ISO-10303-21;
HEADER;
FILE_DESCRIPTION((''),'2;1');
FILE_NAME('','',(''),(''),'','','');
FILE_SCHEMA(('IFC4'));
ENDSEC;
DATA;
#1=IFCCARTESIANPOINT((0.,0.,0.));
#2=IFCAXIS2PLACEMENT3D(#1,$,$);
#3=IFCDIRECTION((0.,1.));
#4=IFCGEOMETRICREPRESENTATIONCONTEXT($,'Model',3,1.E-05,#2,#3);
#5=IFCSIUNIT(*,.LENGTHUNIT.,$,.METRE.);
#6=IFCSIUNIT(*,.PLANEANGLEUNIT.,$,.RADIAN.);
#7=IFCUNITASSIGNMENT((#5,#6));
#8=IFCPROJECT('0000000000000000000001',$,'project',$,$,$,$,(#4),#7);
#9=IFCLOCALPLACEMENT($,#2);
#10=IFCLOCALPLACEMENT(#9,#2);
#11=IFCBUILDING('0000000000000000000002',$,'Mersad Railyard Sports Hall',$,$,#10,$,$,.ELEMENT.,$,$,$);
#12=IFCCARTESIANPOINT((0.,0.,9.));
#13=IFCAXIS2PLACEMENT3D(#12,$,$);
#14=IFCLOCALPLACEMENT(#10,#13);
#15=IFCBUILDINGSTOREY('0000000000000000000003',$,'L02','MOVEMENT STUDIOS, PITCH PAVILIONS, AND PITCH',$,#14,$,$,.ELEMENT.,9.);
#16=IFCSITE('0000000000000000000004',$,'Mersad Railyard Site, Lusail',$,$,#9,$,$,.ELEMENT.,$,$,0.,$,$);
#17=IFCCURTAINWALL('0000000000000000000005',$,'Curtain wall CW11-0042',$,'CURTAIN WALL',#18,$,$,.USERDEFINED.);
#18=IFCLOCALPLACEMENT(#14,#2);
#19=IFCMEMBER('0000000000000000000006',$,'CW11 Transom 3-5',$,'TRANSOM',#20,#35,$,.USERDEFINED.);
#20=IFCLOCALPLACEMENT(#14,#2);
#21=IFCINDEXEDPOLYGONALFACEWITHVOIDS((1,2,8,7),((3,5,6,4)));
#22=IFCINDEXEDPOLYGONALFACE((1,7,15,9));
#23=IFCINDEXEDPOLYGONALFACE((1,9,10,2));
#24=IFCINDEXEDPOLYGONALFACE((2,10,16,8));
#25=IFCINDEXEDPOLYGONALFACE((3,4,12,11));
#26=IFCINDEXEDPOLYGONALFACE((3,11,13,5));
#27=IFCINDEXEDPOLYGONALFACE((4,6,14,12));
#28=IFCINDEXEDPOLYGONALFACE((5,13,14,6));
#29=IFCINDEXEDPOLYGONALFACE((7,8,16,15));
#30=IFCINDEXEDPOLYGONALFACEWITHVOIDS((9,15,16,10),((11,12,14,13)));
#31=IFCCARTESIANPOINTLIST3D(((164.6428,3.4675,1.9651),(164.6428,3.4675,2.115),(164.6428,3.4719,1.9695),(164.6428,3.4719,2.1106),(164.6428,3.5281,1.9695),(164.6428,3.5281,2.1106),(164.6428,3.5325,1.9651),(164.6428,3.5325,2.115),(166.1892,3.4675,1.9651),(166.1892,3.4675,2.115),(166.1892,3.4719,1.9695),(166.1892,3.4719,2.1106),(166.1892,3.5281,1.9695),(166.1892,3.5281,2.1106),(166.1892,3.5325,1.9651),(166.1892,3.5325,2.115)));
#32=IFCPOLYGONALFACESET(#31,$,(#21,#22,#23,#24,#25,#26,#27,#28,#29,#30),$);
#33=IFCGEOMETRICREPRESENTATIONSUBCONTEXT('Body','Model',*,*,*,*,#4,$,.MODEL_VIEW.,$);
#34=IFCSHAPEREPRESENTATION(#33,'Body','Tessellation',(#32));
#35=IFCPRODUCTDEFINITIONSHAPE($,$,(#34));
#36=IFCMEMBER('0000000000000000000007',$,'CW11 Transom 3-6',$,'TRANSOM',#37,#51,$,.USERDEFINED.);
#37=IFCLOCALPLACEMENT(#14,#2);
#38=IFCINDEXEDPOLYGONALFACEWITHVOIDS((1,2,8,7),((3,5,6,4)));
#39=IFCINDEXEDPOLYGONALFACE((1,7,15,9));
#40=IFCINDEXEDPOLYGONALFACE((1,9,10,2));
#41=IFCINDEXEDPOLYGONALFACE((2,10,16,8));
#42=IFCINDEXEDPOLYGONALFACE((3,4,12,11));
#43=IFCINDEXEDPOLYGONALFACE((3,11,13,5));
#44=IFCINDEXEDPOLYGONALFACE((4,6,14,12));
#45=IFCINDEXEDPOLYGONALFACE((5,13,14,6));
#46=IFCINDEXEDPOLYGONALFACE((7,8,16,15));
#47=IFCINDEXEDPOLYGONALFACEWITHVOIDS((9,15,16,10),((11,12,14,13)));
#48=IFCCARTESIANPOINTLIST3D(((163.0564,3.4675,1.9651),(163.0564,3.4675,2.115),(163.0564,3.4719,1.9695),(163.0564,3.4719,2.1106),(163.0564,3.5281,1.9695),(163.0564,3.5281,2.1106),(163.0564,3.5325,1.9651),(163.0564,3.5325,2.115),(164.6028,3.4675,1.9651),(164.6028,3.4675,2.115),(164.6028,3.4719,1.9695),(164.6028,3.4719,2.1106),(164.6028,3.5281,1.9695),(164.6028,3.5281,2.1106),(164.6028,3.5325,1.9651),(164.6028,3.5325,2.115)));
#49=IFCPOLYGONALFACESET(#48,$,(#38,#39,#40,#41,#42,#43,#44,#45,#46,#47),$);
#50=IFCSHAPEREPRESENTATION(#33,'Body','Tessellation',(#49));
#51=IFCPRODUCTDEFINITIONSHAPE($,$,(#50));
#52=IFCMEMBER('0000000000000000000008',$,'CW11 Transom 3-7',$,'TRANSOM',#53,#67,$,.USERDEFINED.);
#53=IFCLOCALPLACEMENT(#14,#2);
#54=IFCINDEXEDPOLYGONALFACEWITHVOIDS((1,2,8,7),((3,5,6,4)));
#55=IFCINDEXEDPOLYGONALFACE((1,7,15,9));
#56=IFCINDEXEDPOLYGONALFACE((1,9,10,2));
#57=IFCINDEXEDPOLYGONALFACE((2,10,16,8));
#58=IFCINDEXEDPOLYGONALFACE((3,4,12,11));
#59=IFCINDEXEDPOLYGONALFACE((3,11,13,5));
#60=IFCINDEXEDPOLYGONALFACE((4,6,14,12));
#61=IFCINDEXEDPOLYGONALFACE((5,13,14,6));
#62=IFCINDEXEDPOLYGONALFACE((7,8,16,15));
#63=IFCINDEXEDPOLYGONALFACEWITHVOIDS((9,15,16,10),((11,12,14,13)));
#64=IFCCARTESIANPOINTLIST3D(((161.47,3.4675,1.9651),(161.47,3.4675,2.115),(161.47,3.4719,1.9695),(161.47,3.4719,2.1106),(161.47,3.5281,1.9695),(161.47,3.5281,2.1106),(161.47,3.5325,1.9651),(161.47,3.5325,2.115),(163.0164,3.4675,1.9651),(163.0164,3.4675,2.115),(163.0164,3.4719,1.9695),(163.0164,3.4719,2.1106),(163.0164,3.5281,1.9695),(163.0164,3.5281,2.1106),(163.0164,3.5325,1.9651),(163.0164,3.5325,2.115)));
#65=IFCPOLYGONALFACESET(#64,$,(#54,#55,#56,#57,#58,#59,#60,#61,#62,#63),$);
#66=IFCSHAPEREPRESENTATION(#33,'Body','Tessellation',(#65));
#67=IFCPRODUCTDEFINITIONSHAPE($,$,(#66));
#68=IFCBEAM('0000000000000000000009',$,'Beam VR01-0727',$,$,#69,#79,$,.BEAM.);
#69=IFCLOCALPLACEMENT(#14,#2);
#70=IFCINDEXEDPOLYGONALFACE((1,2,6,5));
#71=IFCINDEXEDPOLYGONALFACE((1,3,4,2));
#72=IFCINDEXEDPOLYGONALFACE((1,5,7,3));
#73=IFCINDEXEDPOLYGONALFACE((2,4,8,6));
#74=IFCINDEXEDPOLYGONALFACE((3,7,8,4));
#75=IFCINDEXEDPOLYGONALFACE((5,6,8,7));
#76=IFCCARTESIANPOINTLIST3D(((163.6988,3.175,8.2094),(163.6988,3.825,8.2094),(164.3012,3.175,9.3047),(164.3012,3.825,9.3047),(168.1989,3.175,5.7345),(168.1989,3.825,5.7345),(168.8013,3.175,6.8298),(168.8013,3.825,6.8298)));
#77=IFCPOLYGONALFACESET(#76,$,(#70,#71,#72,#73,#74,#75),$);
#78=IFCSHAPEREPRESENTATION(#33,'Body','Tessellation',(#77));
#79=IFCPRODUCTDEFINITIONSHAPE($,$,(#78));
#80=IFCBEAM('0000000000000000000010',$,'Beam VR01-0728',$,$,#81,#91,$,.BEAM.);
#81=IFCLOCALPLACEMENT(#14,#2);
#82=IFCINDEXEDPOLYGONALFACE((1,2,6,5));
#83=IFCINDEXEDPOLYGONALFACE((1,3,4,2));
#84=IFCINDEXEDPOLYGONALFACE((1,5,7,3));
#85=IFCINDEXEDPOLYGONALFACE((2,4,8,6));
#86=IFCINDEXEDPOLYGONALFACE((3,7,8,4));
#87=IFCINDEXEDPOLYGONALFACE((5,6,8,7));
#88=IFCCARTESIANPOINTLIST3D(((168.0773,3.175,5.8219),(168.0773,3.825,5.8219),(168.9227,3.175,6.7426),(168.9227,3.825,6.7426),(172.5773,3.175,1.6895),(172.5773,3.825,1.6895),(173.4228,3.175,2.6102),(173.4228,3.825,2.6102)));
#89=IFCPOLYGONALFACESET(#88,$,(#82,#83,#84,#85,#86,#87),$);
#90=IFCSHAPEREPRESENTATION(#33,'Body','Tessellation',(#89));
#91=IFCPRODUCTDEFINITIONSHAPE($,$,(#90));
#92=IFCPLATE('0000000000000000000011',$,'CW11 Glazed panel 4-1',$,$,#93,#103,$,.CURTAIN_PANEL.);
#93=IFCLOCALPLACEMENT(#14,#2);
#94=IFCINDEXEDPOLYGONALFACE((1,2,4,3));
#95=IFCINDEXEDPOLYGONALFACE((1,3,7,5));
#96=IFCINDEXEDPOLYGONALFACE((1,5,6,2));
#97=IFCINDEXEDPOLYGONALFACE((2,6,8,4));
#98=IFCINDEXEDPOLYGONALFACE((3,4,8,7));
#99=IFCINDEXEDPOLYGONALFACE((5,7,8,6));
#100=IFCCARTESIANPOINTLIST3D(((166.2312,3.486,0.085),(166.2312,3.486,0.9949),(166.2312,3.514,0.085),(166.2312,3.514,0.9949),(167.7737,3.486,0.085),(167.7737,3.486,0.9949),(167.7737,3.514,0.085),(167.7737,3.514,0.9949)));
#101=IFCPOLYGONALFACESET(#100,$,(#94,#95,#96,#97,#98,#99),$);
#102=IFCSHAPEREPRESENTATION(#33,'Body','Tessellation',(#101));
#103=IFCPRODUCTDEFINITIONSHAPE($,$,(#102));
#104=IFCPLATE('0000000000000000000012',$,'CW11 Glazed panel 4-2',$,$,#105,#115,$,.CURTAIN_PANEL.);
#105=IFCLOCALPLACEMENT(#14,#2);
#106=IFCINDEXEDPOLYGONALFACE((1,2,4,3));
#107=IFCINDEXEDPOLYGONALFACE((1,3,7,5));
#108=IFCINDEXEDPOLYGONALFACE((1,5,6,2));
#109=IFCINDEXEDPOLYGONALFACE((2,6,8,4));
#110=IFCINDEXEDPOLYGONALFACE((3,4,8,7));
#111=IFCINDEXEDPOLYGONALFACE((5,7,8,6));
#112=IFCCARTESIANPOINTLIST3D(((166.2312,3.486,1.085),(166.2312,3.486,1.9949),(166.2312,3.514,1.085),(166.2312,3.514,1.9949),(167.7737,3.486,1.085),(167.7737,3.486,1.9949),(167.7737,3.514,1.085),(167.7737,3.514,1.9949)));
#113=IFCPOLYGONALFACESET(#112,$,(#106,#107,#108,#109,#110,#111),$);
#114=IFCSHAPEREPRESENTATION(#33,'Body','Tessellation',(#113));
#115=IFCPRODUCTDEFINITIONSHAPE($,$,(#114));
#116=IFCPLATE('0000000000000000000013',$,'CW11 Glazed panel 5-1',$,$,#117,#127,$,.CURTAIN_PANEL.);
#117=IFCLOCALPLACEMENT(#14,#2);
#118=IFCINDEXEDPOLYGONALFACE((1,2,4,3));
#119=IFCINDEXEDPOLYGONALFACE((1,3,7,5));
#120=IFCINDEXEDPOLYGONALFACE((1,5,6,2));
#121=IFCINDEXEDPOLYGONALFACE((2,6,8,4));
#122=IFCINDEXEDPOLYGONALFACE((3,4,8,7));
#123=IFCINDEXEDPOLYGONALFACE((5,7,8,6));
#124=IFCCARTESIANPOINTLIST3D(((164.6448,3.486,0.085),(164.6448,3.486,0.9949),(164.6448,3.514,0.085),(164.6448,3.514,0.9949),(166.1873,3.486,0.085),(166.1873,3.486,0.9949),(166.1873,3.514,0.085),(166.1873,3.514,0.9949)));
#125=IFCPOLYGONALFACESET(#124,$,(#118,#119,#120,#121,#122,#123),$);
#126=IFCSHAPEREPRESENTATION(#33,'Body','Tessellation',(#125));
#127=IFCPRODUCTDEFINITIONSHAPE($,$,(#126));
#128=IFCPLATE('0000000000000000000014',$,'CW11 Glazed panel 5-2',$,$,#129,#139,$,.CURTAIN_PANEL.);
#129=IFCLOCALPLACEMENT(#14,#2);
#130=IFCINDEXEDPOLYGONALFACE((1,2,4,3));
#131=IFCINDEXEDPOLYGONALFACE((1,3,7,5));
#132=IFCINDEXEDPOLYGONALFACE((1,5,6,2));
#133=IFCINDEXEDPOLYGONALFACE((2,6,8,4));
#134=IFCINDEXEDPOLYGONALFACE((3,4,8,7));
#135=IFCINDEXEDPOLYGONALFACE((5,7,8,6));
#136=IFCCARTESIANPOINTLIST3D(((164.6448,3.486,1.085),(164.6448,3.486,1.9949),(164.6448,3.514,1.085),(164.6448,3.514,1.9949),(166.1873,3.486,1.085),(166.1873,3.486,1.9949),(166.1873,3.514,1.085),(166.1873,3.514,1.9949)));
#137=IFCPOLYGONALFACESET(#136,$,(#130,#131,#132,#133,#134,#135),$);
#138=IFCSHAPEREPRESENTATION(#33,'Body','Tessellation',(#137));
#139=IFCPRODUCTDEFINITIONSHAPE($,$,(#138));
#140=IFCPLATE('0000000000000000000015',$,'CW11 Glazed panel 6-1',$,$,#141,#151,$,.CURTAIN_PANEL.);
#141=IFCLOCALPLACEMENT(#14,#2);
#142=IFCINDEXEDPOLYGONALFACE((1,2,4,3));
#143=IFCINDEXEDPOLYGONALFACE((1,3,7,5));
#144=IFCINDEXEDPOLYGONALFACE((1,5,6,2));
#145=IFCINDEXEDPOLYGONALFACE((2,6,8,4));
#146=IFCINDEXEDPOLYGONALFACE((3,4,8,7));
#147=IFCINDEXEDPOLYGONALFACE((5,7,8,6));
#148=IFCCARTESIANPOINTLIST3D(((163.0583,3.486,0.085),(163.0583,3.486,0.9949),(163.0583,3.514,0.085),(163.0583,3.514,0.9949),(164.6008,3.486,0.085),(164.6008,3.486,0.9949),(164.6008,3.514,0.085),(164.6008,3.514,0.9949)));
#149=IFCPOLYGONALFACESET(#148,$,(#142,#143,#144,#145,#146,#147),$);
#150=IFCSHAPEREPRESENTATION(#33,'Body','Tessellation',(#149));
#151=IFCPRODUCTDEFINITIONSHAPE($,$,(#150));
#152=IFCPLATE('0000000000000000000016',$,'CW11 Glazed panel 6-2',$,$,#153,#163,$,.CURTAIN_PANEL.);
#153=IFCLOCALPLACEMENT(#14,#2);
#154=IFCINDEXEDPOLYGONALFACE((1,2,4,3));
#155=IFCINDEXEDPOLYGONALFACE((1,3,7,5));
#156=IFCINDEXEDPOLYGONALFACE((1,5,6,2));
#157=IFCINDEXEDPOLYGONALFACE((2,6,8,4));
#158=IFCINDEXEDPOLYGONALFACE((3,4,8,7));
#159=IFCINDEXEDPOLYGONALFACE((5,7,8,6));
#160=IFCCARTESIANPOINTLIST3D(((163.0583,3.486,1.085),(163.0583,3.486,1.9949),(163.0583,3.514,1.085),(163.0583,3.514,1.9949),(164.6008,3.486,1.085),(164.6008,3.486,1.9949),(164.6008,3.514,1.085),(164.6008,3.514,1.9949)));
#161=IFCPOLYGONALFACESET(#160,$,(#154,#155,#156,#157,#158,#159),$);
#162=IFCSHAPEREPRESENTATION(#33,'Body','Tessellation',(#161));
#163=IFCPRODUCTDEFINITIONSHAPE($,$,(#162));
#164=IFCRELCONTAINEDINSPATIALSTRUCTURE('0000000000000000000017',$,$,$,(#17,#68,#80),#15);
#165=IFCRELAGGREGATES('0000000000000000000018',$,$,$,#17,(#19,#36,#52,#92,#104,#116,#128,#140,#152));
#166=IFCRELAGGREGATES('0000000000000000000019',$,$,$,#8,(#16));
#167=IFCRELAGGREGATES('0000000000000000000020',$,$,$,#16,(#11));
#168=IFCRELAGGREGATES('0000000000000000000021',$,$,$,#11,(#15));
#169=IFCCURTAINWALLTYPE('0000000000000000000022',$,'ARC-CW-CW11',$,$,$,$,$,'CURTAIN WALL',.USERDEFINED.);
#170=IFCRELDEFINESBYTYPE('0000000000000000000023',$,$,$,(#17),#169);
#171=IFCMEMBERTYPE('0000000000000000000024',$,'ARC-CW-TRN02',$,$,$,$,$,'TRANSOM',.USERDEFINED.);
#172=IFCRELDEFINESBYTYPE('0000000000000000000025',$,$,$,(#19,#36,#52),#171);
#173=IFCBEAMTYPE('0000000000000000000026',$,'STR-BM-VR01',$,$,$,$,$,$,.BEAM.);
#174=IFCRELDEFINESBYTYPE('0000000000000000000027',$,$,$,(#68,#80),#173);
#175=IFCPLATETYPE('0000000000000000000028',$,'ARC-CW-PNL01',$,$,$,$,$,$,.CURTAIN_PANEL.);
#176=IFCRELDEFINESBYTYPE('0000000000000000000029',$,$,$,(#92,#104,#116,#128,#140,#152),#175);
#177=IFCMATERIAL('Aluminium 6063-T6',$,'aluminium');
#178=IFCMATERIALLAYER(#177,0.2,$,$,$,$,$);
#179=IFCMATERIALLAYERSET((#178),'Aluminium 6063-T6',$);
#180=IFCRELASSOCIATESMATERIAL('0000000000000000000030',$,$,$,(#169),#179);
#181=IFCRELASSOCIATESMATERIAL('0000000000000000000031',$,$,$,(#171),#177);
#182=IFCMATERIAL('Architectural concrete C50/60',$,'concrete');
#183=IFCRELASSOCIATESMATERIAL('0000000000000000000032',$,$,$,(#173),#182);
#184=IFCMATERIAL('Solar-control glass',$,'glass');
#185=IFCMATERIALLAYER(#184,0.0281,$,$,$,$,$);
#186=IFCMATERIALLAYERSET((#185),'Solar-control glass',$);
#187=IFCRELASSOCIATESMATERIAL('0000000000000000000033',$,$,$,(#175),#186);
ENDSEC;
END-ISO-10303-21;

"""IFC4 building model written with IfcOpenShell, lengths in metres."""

from ifc_helpers import new_model, si_unit, direction, frame, origin, origin_2d, place, context, subcontext, project, spatial, rectangle, hollow_rectangle, extrude, material, layer, layer_set, material_profile, profile_set, type_object, element, aggregate, save


model = new_model("IFC4")

# Units and contexts
model_context = context("Model", 3, precision=1e-05, world=origin(), true_north=direction((0.0, 1.0)))
body_context = subcontext(model_context, "Body", "Model", "MODEL_VIEW")
ifc_project = project(units=[si_unit("LENGTHUNIT", "METRE"), si_unit("PLANEANGLEUNIT", "RADIAN")], contexts=[model_context])

# Site, building, storey
site_placement = place(None, origin())
site = spatial("IfcSite", under=ifc_project, at=site_placement, Name="Mersad Railyard Site, Lusail", CompositionType="ELEMENT", RefElevation=0.0)
building_placement = place(site_placement, origin())
building = spatial("IfcBuilding", under=site, at=building_placement, Name="Mersad Railyard Sports Hall", CompositionType="ELEMENT")
storey_placement = place(building_placement, frame((0.0, 0.0, 9.0)))
storey = spatial("IfcBuildingStorey", under=building, at=storey_placement, Name="L02", Description="MOVEMENT STUDIOS, PITCH PAVILIONS, AND PITCH", CompositionType="ELEMENT", Elevation=9.0)

# Curtain wall, members
ifc_material_1 = material(Name="Aluminium 6063-T6", Category="aluminium")
ifc_layer_1 = layer(ifc_material_1, 0.2)
ifc_layer_set_1 = layer_set([ifc_layer_1], Name="Aluminium 6063-T6")
curtain_wall_type = type_object("IfcCurtainWallType", Name="ARC-CW-CW11", ElementType="CURTAIN WALL", PredefinedType="USERDEFINED", material=ifc_layer_set_1)
curtain_wall_placement = place(storey_placement, origin())
curtain_wall = element("IfcCurtainWall", 1, at=curtain_wall_placement, inside=storey, type_object=curtain_wall_type, Name="Curtain wall CW11-0042", ObjectType="CURTAIN WALL", PredefinedType="USERDEFINED")
ifc_material_profile_1 = material_profile(ifc_material_1, hollow_rectangle(XDim=0.0649, YDim=0.1499, WallThickness=0.0044, at=origin_2d()), Name="AL TRANSOM 65x150x4.5")
ifc_profile_set_1 = profile_set([ifc_material_profile_1], Name="Aluminium 6063-T6")
member_type_1 = type_object("IfcMemberType", Name="ARC-CW-TRN02", ElementType="TRANSOM", PredefinedType="USERDEFINED", material=ifc_profile_set_1)
member_1_placement = place(storey_placement, frame((166.1892, 3.5, 2.04), z_axis=(-1.0, 0.0, 0.0), x_axis=(0.0, -1.0, 0.0)))
member_1 = element("IfcMember", 2, at=member_1_placement, type_object=member_type_1, Name="CW11 Transom 3-5", ObjectType="TRANSOM", PredefinedType="USERDEFINED", context=body_context, shape_type="SweptSolid", body=[
    extrude(hollow_rectangle(XDim=0.0649, YDim=0.1499, WallThickness=0.0044, at=origin_2d()), origin(), (0.0, 0.0, 1.0), 1.5464),
])
member_2_placement = place(storey_placement, frame((164.6028, 3.5, 2.04), z_axis=(-1.0, 0.0, 0.0), x_axis=(0.0, -1.0, 0.0)))
member_2 = element("IfcMember", 3, at=member_2_placement, type_object=member_type_1, Name="CW11 Transom 3-6", ObjectType="TRANSOM", PredefinedType="USERDEFINED", context=body_context, shape_type="SweptSolid", body=[
    extrude(hollow_rectangle(XDim=0.0649, YDim=0.1499, WallThickness=0.0044, at=origin_2d()), origin(), (0.0, 0.0, 1.0), 1.5464),
])
member_3_placement = place(storey_placement, frame((163.0164, 3.5, 2.04), z_axis=(-1.0, 0.0, 0.0), x_axis=(0.0, -1.0, 0.0)))
member_3 = element("IfcMember", 4, at=member_3_placement, type_object=member_type_1, Name="CW11 Transom 3-7", ObjectType="TRANSOM", PredefinedType="USERDEFINED", context=body_context, shape_type="SweptSolid", body=[
    extrude(hollow_rectangle(XDim=0.0649, YDim=0.1499, WallThickness=0.0044, at=origin_2d()), origin(), (0.0, 0.0, 1.0), 1.5464),
])

# Beams
ifc_material_2 = material(Name="Architectural concrete C50/60", Category="concrete")
ifc_material_profile_2 = material_profile(ifc_material_2, rectangle(XDim=0.6499, YDim=1.25, at=origin_2d()), Name="VR 650x1250")
ifc_profile_set_2 = profile_set([ifc_material_profile_2], Name="Architectural concrete C50/60")
beam_type = type_object("IfcBeamType", Name="STR-BM-VR01", PredefinedType="BEAM", material=ifc_profile_set_2)
beam_1_placement = place(storey_placement, frame((164.0, 3.5, 8.7571), z_axis=(0.876228, 0.0, -0.481897), x_axis=(0.0, 1.0, 0.0)))
element("IfcBeam", 5, at=beam_1_placement, inside=storey, type_object=beam_type, Name="Beam VR01-0727", PredefinedType="BEAM", context=body_context, shape_type="SweptSolid", body=[
    extrude(rectangle(XDim=0.6499, YDim=1.25, at=origin_2d()), origin(), (0.0, 0.0, 1.0), 5.1357),
])
beam_2_placement = place(storey_placement, frame((168.5, 3.5, 6.2822), z_axis=(0.736557, 0.0, -0.676376), x_axis=(0.0, 1.0, 0.0)))
element("IfcBeam", 6, at=beam_2_placement, inside=storey, type_object=beam_type, Name="Beam VR01-0728", PredefinedType="BEAM", context=body_context, shape_type="SweptSolid", body=[
    extrude(rectangle(XDim=0.6499, YDim=1.25, at=origin_2d()), origin(), (0.0, 0.0, 1.0), 6.1096),
])

# Plates
ifc_material_3 = material(Name="Solar-control glass", Category="glass")
ifc_layer_2 = layer(ifc_material_3, 0.0281)
ifc_layer_set_2 = layer_set([ifc_layer_2], Name="Solar-control glass")
plate_type = type_object("IfcPlateType", Name="ARC-CW-PNL01", PredefinedType="CURTAIN_PANEL", material=ifc_layer_set_2)
plate_1_placement = place(storey_placement, frame((167.0024, 3.5, 0.085), z_axis=(0.0, 0.0, 1.0), x_axis=(-1.0, 0.0, 0.0)))
plate_1 = element("IfcPlate", 7, at=plate_1_placement, type_object=plate_type, Name="CW11 Glazed panel 4-1", PredefinedType="CURTAIN_PANEL", context=body_context, shape_type="SweptSolid", body=[
    extrude(rectangle(XDim=1.5425, YDim=0.0281, at=origin_2d()), origin(), (0.0, 0.0, 1.0), 0.9099),
])
plate_2_placement = place(storey_placement, frame((167.0024, 3.5, 1.085), z_axis=(0.0, 0.0, 1.0), x_axis=(-1.0, 0.0, 0.0)))
plate_2 = element("IfcPlate", 8, at=plate_2_placement, type_object=plate_type, Name="CW11 Glazed panel 4-2", PredefinedType="CURTAIN_PANEL", context=body_context, shape_type="SweptSolid", body=[
    extrude(rectangle(XDim=1.5425, YDim=0.0281, at=origin_2d()), origin(), (0.0, 0.0, 1.0), 0.9099),
])
plate_3_placement = place(storey_placement, frame((165.416, 3.5, 0.085), z_axis=(0.0, 0.0, 1.0), x_axis=(-1.0, 0.0, 0.0)))
plate_3 = element("IfcPlate", 9, at=plate_3_placement, type_object=plate_type, Name="CW11 Glazed panel 5-1", PredefinedType="CURTAIN_PANEL", context=body_context, shape_type="SweptSolid", body=[
    extrude(rectangle(XDim=1.5425, YDim=0.0281, at=origin_2d()), origin(), (0.0, 0.0, 1.0), 0.9099),
])
plate_4_placement = place(storey_placement, frame((165.416, 3.5, 1.085), z_axis=(0.0, 0.0, 1.0), x_axis=(-1.0, 0.0, 0.0)))
plate_4 = element("IfcPlate", 10, at=plate_4_placement, type_object=plate_type, Name="CW11 Glazed panel 5-2", PredefinedType="CURTAIN_PANEL", context=body_context, shape_type="SweptSolid", body=[
    extrude(rectangle(XDim=1.5425, YDim=0.0281, at=origin_2d()), origin(), (0.0, 0.0, 1.0), 0.9099),
])
plate_5_placement = place(storey_placement, frame((163.8296, 3.5, 0.085), z_axis=(0.0, 0.0, 1.0), x_axis=(-1.0, 0.0, 0.0)))
plate_5 = element("IfcPlate", 11, at=plate_5_placement, type_object=plate_type, Name="CW11 Glazed panel 6-1", PredefinedType="CURTAIN_PANEL", context=body_context, shape_type="SweptSolid", body=[
    extrude(rectangle(XDim=1.5425, YDim=0.0281, at=origin_2d()), origin(), (0.0, 0.0, 1.0), 0.9099),
])
plate_6_placement = place(storey_placement, frame((163.8296, 3.5, 1.085), z_axis=(0.0, 0.0, 1.0), x_axis=(-1.0, 0.0, 0.0)))
plate_6 = element("IfcPlate", 12, at=plate_6_placement, type_object=plate_type, Name="CW11 Glazed panel 6-2", PredefinedType="CURTAIN_PANEL", context=body_context, shape_type="SweptSolid", body=[
    extrude(rectangle(XDim=1.5425, YDim=0.0281, at=origin_2d()), origin(), (0.0, 0.0, 1.0), 0.9099),
])
aggregate(curtain_wall, [member_1, member_2, member_3, plate_1, plate_2, plate_3, plate_4, plate_5, plate_6])

save(model, "model.ifc")
